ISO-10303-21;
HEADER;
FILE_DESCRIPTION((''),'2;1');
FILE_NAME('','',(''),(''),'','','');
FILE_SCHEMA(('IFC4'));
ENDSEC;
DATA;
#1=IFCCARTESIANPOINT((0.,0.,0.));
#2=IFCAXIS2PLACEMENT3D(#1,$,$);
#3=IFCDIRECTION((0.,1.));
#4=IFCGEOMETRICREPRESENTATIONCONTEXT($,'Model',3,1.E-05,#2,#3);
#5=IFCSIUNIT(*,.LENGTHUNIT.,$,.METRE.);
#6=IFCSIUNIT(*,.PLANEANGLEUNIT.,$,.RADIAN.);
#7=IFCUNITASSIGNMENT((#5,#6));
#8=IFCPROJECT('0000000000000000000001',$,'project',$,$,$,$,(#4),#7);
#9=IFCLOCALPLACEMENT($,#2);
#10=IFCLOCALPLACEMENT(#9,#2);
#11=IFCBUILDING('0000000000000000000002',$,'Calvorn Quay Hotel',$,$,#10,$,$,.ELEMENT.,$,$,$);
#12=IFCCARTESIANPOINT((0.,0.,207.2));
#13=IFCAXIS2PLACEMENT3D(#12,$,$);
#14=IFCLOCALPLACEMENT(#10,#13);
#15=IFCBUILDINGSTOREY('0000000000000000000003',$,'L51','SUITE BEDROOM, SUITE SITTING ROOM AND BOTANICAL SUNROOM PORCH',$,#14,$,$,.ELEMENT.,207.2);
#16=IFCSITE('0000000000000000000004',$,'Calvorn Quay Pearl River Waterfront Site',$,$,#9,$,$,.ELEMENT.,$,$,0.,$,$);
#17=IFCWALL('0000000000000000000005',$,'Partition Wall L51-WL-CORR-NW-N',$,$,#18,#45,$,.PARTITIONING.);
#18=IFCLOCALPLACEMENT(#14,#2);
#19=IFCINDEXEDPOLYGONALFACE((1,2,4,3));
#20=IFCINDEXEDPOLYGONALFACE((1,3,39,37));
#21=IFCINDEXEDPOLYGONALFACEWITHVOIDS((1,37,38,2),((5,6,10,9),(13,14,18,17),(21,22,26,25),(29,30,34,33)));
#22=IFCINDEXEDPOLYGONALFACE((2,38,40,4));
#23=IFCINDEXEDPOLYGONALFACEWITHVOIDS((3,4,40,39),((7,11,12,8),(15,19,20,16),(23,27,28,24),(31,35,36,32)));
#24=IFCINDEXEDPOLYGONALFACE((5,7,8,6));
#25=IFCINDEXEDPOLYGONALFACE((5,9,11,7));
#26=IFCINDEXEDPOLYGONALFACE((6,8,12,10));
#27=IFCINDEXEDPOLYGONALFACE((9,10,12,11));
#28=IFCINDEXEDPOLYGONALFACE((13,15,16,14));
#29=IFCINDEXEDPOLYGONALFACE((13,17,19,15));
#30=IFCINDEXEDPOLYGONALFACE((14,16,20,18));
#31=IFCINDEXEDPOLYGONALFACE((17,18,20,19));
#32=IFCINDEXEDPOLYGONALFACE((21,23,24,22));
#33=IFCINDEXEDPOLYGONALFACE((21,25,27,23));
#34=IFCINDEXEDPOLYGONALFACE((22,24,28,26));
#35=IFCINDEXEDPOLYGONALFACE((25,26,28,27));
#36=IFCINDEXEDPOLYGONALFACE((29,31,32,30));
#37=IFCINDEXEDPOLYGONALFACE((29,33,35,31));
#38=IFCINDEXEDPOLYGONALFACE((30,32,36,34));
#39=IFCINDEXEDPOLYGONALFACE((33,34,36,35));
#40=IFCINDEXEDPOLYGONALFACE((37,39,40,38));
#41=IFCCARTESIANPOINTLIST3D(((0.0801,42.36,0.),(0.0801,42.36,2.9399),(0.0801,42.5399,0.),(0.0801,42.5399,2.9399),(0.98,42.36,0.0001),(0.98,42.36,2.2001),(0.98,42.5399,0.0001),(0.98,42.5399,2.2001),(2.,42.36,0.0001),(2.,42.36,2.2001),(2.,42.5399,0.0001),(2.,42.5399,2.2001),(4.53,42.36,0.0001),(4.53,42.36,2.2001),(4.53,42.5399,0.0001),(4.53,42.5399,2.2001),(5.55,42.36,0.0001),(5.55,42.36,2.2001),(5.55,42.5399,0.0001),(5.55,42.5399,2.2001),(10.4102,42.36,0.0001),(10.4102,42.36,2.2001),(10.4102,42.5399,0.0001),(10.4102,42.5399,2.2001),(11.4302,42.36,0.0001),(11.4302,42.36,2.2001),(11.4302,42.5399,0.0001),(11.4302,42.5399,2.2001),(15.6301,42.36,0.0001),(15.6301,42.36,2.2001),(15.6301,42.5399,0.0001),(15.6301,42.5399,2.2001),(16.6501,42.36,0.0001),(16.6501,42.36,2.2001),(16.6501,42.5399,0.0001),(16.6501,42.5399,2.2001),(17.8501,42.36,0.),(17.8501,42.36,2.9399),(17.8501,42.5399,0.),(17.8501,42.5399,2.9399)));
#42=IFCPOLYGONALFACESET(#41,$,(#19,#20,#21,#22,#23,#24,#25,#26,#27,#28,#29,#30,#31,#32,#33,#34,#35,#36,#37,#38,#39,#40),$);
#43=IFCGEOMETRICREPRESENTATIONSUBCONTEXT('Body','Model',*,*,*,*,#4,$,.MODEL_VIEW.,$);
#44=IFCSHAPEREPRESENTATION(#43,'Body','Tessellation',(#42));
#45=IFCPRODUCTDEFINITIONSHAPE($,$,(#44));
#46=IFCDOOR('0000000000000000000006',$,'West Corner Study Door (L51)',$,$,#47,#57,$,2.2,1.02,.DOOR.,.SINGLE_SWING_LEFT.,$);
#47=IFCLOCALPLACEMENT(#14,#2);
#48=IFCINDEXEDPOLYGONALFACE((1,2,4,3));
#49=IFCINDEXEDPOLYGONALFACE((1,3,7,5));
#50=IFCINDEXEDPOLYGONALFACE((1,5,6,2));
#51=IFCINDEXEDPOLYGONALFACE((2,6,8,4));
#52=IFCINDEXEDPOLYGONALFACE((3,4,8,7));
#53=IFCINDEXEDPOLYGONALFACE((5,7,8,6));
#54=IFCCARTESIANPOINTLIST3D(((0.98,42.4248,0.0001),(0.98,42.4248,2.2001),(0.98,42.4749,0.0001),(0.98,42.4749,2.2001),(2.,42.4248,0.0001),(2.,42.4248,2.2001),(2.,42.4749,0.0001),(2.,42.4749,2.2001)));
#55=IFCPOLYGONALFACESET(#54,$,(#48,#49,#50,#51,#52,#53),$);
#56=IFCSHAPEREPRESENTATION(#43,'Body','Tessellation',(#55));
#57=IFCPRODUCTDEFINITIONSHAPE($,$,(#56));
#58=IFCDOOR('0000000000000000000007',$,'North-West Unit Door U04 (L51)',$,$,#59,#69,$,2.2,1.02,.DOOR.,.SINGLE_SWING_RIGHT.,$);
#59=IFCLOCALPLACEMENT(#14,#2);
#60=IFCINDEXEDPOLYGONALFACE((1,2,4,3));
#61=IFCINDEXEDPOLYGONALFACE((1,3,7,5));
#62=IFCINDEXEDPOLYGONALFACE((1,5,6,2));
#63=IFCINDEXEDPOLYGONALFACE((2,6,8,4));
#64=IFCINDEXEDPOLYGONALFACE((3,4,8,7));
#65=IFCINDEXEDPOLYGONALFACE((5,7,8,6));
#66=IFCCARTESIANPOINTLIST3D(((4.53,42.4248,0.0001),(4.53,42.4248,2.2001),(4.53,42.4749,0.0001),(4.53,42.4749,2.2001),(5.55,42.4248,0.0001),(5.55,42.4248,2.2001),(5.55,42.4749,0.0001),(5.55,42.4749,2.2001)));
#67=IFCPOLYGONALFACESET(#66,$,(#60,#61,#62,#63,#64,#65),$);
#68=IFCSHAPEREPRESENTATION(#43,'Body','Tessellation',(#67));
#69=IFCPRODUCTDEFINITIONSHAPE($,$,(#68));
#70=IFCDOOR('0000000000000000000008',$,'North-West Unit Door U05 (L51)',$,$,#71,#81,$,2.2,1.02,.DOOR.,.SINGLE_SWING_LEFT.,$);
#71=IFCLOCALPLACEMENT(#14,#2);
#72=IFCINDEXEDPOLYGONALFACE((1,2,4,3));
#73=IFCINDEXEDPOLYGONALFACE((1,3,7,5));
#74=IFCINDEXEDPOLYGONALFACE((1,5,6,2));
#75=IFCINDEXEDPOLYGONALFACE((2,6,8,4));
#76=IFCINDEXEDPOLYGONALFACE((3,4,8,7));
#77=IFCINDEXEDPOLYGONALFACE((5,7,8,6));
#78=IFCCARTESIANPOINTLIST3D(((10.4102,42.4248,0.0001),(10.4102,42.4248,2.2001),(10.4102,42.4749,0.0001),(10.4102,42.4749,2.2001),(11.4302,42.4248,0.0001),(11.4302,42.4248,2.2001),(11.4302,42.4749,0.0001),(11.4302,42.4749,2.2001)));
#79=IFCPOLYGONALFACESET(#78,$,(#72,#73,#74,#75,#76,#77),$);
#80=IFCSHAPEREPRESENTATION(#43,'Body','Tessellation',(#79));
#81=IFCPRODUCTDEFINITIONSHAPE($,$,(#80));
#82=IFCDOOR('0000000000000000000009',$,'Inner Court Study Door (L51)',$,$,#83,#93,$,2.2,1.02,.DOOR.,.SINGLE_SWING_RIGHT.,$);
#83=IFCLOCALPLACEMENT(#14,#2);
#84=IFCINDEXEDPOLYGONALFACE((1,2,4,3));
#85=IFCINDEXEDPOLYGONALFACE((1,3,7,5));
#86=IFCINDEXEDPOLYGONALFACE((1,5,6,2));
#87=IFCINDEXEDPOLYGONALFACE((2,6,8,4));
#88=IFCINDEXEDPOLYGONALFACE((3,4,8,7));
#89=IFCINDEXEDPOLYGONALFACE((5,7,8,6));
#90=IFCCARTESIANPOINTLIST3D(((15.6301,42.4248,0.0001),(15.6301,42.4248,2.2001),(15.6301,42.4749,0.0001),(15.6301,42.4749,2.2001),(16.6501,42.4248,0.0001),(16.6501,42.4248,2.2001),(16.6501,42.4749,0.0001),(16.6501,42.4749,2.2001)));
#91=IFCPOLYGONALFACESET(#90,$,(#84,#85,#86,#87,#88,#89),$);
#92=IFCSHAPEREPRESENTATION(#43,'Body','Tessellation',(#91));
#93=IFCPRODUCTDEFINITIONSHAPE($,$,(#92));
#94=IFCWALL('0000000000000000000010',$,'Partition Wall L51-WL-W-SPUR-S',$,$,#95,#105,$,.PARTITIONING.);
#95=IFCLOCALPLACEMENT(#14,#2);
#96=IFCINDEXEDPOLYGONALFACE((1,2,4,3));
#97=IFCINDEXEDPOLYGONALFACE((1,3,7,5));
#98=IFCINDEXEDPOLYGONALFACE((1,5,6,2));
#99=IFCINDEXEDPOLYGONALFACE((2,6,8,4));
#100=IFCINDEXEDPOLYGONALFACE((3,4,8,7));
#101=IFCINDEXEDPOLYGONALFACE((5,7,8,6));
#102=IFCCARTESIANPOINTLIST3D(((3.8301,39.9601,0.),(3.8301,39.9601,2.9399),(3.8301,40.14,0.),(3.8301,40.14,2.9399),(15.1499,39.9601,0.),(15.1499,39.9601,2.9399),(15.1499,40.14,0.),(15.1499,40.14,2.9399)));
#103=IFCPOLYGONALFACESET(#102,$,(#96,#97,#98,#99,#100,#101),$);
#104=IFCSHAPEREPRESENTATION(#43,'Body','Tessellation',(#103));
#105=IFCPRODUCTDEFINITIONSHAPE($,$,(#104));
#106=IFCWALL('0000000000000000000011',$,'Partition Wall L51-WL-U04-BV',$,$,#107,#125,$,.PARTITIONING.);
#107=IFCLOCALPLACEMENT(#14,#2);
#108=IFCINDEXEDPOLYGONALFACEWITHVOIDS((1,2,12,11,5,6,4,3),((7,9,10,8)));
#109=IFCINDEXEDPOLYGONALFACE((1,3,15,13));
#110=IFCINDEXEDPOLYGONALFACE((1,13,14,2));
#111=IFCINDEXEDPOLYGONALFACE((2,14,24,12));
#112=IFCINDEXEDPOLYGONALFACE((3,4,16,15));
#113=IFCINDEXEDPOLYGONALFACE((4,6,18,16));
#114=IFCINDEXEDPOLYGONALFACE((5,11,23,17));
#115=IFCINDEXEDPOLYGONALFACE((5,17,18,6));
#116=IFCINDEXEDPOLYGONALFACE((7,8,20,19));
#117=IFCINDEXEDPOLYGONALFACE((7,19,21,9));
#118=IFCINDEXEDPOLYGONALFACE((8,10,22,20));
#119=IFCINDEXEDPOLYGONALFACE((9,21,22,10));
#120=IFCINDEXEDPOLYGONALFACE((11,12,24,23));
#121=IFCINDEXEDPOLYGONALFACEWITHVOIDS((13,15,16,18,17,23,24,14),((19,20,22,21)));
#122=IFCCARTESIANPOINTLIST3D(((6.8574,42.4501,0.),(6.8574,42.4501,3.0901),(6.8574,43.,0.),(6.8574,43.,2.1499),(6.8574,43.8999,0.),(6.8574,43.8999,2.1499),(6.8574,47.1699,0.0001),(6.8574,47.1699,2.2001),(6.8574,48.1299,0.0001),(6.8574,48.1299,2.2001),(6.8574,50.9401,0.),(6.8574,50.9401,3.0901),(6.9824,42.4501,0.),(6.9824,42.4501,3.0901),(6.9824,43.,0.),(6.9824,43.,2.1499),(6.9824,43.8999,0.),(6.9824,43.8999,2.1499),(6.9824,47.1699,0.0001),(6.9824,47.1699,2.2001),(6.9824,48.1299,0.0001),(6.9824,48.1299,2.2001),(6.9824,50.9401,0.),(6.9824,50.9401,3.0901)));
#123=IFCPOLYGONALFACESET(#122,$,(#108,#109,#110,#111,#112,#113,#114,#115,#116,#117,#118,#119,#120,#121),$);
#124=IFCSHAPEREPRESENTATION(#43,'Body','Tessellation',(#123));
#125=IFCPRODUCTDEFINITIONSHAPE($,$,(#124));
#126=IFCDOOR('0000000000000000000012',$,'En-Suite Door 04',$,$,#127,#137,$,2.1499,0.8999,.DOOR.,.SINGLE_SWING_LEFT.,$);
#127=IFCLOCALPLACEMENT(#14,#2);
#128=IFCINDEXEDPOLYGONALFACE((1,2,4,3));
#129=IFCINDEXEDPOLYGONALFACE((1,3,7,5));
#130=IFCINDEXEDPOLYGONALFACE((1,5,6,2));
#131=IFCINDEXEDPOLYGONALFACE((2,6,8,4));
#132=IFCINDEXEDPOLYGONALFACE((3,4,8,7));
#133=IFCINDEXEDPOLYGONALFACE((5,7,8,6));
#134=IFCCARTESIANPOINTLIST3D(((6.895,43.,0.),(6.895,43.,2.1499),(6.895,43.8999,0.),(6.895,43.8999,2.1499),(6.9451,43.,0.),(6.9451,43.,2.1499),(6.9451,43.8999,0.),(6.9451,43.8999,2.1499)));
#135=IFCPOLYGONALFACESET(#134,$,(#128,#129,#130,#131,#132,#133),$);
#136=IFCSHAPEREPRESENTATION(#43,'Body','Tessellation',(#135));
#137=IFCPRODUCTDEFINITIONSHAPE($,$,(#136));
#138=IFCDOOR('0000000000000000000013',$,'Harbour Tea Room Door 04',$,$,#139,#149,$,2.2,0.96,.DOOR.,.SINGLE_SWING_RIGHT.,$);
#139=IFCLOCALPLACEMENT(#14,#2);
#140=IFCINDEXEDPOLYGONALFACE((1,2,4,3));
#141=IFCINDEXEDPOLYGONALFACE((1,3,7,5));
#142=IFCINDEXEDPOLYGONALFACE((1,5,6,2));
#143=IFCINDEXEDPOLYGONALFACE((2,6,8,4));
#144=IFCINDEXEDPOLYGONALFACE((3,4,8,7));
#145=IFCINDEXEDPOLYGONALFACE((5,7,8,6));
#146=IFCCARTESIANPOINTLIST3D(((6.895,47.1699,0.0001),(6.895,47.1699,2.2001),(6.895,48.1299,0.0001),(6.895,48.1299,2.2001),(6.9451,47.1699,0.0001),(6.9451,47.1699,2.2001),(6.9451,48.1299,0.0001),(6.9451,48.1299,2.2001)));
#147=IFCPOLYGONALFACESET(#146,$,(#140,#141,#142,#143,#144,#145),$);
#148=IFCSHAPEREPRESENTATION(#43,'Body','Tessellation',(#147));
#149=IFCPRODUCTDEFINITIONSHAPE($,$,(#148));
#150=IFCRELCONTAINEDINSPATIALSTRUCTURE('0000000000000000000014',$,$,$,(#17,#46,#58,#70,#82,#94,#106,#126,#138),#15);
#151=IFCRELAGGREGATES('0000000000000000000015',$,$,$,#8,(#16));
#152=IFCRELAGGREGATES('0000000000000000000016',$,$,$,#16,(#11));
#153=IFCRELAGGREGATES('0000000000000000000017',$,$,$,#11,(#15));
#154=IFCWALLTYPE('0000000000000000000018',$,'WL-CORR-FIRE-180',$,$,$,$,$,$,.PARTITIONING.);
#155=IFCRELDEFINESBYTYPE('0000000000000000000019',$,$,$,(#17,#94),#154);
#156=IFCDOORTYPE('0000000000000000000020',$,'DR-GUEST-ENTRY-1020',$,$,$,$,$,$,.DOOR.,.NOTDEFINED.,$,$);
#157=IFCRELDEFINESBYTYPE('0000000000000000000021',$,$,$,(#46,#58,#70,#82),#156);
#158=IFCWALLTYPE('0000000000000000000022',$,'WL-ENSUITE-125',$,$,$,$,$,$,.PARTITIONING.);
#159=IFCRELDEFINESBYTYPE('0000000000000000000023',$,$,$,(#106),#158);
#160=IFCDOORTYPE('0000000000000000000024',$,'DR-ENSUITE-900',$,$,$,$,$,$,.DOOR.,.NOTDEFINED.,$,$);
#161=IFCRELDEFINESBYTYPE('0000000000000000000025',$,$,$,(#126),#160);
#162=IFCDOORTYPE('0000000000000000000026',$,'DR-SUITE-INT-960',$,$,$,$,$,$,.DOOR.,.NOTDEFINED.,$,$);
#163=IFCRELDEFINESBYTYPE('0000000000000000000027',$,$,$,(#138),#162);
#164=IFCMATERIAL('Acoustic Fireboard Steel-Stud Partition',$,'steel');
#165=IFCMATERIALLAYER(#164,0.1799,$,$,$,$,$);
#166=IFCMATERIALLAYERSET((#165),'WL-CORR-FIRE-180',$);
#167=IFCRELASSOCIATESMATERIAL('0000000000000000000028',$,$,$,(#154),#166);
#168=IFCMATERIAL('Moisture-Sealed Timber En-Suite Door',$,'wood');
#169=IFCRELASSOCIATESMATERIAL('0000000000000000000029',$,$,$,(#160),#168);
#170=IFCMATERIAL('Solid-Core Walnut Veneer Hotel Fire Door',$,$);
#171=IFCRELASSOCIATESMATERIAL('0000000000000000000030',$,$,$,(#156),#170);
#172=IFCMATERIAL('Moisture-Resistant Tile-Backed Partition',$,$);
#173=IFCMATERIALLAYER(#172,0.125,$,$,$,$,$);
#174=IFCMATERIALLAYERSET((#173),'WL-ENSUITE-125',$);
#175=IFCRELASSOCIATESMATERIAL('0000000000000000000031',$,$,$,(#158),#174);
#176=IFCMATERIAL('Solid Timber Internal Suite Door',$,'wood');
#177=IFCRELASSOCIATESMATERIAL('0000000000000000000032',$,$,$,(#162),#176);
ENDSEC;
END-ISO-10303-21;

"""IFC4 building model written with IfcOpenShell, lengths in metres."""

from ifc_helpers import new_model, si_unit, direction, frame, frame_2d, origin, place, context, subcontext, project, spatial, rectangle, extrude, material, layer, layer_set, type_object, element, fill, save


model = new_model("IFC4")

# Units and contexts
model_context = context("Model", 3, precision=1e-05, world=origin(), true_north=direction((0.0, 1.0)))
body_context = subcontext(model_context, "Body", "Model", "MODEL_VIEW")
ifc_project = project(units=[si_unit("LENGTHUNIT", "METRE"), si_unit("PLANEANGLEUNIT", "RADIAN")], contexts=[model_context])

# Site, building, storey
site_placement = place(None, origin())
site = spatial("IfcSite", under=ifc_project, at=site_placement, Name="Calvorn Quay Pearl River Waterfront Site", CompositionType="ELEMENT", RefElevation=0.0)
building_placement = place(site_placement, origin())
building = spatial("IfcBuilding", under=site, at=building_placement, Name="Calvorn Quay Hotel", CompositionType="ELEMENT")
storey_placement = place(building_placement, frame((0.0, 0.0, 207.2)))
storey = spatial("IfcBuildingStorey", under=building, at=storey_placement, Name="L51", Description="SUITE BEDROOM, SUITE SITTING ROOM AND BOTANICAL SUNROOM PORCH", CompositionType="ELEMENT", Elevation=207.2)

# Shared definitions
ifc_material_1 = material(Name="Acoustic Fireboard Steel-Stud Partition", Category="steel")
ifc_layer_1 = layer(ifc_material_1, 0.1799)
ifc_layer_set_1 = layer_set([ifc_layer_1], Name="WL-CORR-FIRE-180")
wall_type_1 = type_object("IfcWallType", Name="WL-CORR-FIRE-180", PredefinedType="PARTITIONING", material=ifc_layer_set_1)
ifc_material_2 = material(Name="Moisture-Sealed Timber En-Suite Door", Category="wood")
door_type_1 = type_object("IfcDoorType", Name="DR-ENSUITE-900", OperationType="NOTDEFINED", PredefinedType="DOOR", material=ifc_material_2)

# Wall, openings, doors
wall_1_placement = place(storey_placement, frame((0.0801, 42.45, 0.0), z_axis=(0.0, 0.0, 1.0), x_axis=(1.0, 0.0, 0.0)))
wall_1 = element("IfcWall", 1, at=wall_1_placement, inside=storey, type_object=wall_type_1, Name="Partition Wall L51-WL-CORR-NW-N", PredefinedType="PARTITIONING", context=body_context, shape_type="SweptSolid", body=[
    extrude(rectangle(XDim=17.77, YDim=0.1799, at=frame_2d((8.885, 0.0))), origin(), (0.0, 0.0, 1.0), 2.9399),
])
opening_1_placement = place(wall_1_placement, frame((0.8999, 0.0, 0.0)))
opening_1 = element("IfcOpeningElement", 2, at=opening_1_placement, cuts=wall_1, PredefinedType="OPENING", context=body_context, shape_type="SweptSolid", body=[
    extrude(rectangle(XDim=1.02, YDim=2.2, at=frame_2d((0.51, 1.1001))), frame((0.0, 0.0999, 0.0), z_axis=(0.0, -1.0, 0.0), x_axis=(1.0, 0.0, 0.0)), (0.0, 0.0, 1.0), 0.2),
])
opening_2_placement = place(wall_1_placement, frame((4.45, 0.0, 0.0)))
opening_2 = element("IfcOpeningElement", 3, at=opening_2_placement, cuts=wall_1, PredefinedType="OPENING", context=body_context, shape_type="SweptSolid", body=[
    extrude(rectangle(XDim=1.02, YDim=2.2, at=frame_2d((0.51, 1.1001))), frame((0.0, 0.0999, 0.0), z_axis=(0.0, -1.0, 0.0), x_axis=(1.0, 0.0, 0.0)), (0.0, 0.0, 1.0), 0.2),
])
opening_3_placement = place(wall_1_placement, frame((10.3301, 0.0, 0.0)))
opening_3 = element("IfcOpeningElement", 4, at=opening_3_placement, cuts=wall_1, PredefinedType="OPENING", context=body_context, shape_type="SweptSolid", body=[
    extrude(rectangle(XDim=1.02, YDim=2.2, at=frame_2d((0.51, 1.1001))), frame((0.0, 0.0999, 0.0), z_axis=(0.0, -1.0, 0.0), x_axis=(1.0, 0.0, 0.0)), (0.0, 0.0, 1.0), 0.2),
])
opening_4_placement = place(wall_1_placement, frame((15.55, 0.0, 0.0)))
opening_4 = element("IfcOpeningElement", 5, at=opening_4_placement, cuts=wall_1, PredefinedType="OPENING", context=body_context, shape_type="SweptSolid", body=[
    extrude(rectangle(XDim=1.02, YDim=2.2, at=frame_2d((0.51, 1.1001))), frame((0.0, 0.0999, 0.0), z_axis=(0.0, -1.0, 0.0), x_axis=(1.0, 0.0, 0.0)), (0.0, 0.0, 1.0), 0.2),
])
ifc_material_3 = material(Name="Solid-Core Walnut Veneer Hotel Fire Door")
door_type_2 = type_object("IfcDoorType", Name="DR-GUEST-ENTRY-1020", OperationType="NOTDEFINED", PredefinedType="DOOR", material=ifc_material_3)
door_1_placement = place(opening_1_placement, origin())
door_1 = element("IfcDoor", 6, at=door_1_placement, inside=storey, type_object=door_type_2, Name="West Corner Study Door (L51)", OperationType="SINGLE_SWING_LEFT", OverallHeight=2.2, OverallWidth=1.02, PredefinedType="DOOR", context=body_context, shape_type="SweptSolid", body=[
    extrude(rectangle(XDim=1.02, YDim=2.2, at=frame_2d((0.51, 1.1001))), frame((0.0, 0.0249, 0.0), z_axis=(0.0, -1.0, 0.0), x_axis=(1.0, 0.0, 0.0)), (0.0, 0.0, 1.0), 0.05),
])
fill(opening_1, door_1)
door_2_placement = place(opening_2_placement, origin())
door_2 = element("IfcDoor", 7, at=door_2_placement, inside=storey, type_object=door_type_2, Name="North-West Unit Door U04 (L51)", OperationType="SINGLE_SWING_RIGHT", OverallHeight=2.2, OverallWidth=1.02, PredefinedType="DOOR", context=body_context, shape_type="SweptSolid", body=[
    extrude(rectangle(XDim=1.02, YDim=2.2, at=frame_2d((0.51, 1.1001))), frame((0.0, 0.0249, 0.0), z_axis=(0.0, -1.0, 0.0), x_axis=(1.0, 0.0, 0.0)), (0.0, 0.0, 1.0), 0.05),
])
fill(opening_2, door_2)
door_3_placement = place(opening_3_placement, origin())
door_3 = element("IfcDoor", 8, at=door_3_placement, inside=storey, type_object=door_type_2, Name="North-West Unit Door U05 (L51)", OperationType="SINGLE_SWING_LEFT", OverallHeight=2.2, OverallWidth=1.02, PredefinedType="DOOR", context=body_context, shape_type="SweptSolid", body=[
    extrude(rectangle(XDim=1.02, YDim=2.2, at=frame_2d((0.51, 1.1001))), frame((0.0, 0.0249, 0.0), z_axis=(0.0, -1.0, 0.0), x_axis=(1.0, 0.0, 0.0)), (0.0, 0.0, 1.0), 0.05),
])
fill(opening_3, door_3)
door_4_placement = place(opening_4_placement, origin())
door_4 = element("IfcDoor", 9, at=door_4_placement, inside=storey, type_object=door_type_2, Name="Inner Court Study Door (L51)", OperationType="SINGLE_SWING_RIGHT", OverallHeight=2.2, OverallWidth=1.02, PredefinedType="DOOR", context=body_context, shape_type="SweptSolid", body=[
    extrude(rectangle(XDim=1.02, YDim=2.2, at=frame_2d((0.51, 1.1001))), frame((0.0, 0.0249, 0.0), z_axis=(0.0, -1.0, 0.0), x_axis=(1.0, 0.0, 0.0)), (0.0, 0.0, 1.0), 0.05),
])
fill(opening_4, door_4)

# Wall
wall_2_placement = place(storey_placement, frame((3.8301, 40.05, 0.0), z_axis=(0.0, 0.0, 1.0), x_axis=(1.0, 0.0, 0.0)))
element("IfcWall", 10, at=wall_2_placement, inside=storey, type_object=wall_type_1, Name="Partition Wall L51-WL-W-SPUR-S", PredefinedType="PARTITIONING", context=body_context, shape_type="SweptSolid", body=[
    extrude(rectangle(XDim=11.3198, YDim=0.1799, at=frame_2d((5.6599, 0.0))), origin(), (0.0, 0.0, 1.0), 2.9399),
])

# Wall, openings, doors
ifc_material_4 = material(Name="Moisture-Resistant Tile-Backed Partition")
ifc_layer_2 = layer(ifc_material_4, 0.125)
ifc_layer_set_2 = layer_set([ifc_layer_2], Name="WL-ENSUITE-125")
wall_type_2 = type_object("IfcWallType", Name="WL-ENSUITE-125", PredefinedType="PARTITIONING", material=ifc_layer_set_2)
wall_3_placement = place(storey_placement, frame((6.9199, 42.45, 0.0), z_axis=(0.0, 0.0, 1.0), x_axis=(0.0, 1.0, 0.0)))
wall_3 = element("IfcWall", 11, at=wall_3_placement, inside=storey, type_object=wall_type_2, Name="Partition Wall L51-WL-U04-BV", PredefinedType="PARTITIONING", context=body_context, shape_type="SweptSolid", body=[
    extrude(rectangle(XDim=8.49, YDim=0.125, at=frame_2d((4.2451, 0.0))), origin(), (0.0, 0.0, 1.0), 3.0901),
])
opening_5_placement = place(wall_3_placement, frame((0.55, 0.0, 0.0)))
opening_5 = element("IfcOpeningElement", 12, at=opening_5_placement, cuts=wall_3, PredefinedType="OPENING", context=body_context, shape_type="SweptSolid", body=[
    extrude(rectangle(XDim=0.8999, YDim=2.1499, at=frame_2d((0.45, 1.075))), frame((0.0, 0.0725, 0.0), z_axis=(0.0, -1.0, 0.0), x_axis=(1.0, 0.0, 0.0)), (0.0, 0.0, 1.0), 0.145),
])
opening_6_placement = place(wall_3_placement, frame((4.72, 0.0, 0.0)))
opening_6 = element("IfcOpeningElement", 13, at=opening_6_placement, cuts=wall_3, PredefinedType="OPENING", context=body_context, shape_type="SweptSolid", body=[
    extrude(rectangle(XDim=0.96, YDim=2.2, at=frame_2d((0.48, 1.1001))), frame((0.0, 0.0725, 0.0), z_axis=(0.0, -1.0, 0.0), x_axis=(1.0, 0.0, 0.0)), (0.0, 0.0, 1.0), 0.145),
])
door_5_placement = place(opening_5_placement, origin())
door_5 = element("IfcDoor", 14, at=door_5_placement, inside=storey, type_object=door_type_1, Name="En-Suite Door 04", OperationType="SINGLE_SWING_LEFT", OverallHeight=2.1499, OverallWidth=0.8999, PredefinedType="DOOR", context=body_context, shape_type="SweptSolid", body=[
    extrude(rectangle(XDim=0.8999, YDim=2.1499, at=frame_2d((0.45, 1.075))), frame((0.0, 0.0249, 0.0), z_axis=(0.0, -1.0, 0.0), x_axis=(1.0, 0.0, 0.0)), (0.0, 0.0, 1.0), 0.05),
])
fill(opening_5, door_5)
ifc_material_5 = material(Name="Solid Timber Internal Suite Door", Category="wood")
door_type_3 = type_object("IfcDoorType", Name="DR-SUITE-INT-960", OperationType="NOTDEFINED", PredefinedType="DOOR", material=ifc_material_5)
door_6_placement = place(opening_6_placement, origin())
door_6 = element("IfcDoor", 15, at=door_6_placement, inside=storey, type_object=door_type_3, Name="Harbour Tea Room Door 04", OperationType="SINGLE_SWING_RIGHT", OverallHeight=2.2, OverallWidth=0.96, PredefinedType="DOOR", context=body_context, shape_type="SweptSolid", body=[
    extrude(rectangle(XDim=0.96, YDim=2.2, at=frame_2d((0.48, 1.1001))), frame((0.0, 0.0249, 0.0), z_axis=(0.0, -1.0, 0.0), x_axis=(1.0, 0.0, 0.0)), (0.0, 0.0, 1.0), 0.05),
])
fill(opening_6, door_6)

save(model, "model.ifc")
